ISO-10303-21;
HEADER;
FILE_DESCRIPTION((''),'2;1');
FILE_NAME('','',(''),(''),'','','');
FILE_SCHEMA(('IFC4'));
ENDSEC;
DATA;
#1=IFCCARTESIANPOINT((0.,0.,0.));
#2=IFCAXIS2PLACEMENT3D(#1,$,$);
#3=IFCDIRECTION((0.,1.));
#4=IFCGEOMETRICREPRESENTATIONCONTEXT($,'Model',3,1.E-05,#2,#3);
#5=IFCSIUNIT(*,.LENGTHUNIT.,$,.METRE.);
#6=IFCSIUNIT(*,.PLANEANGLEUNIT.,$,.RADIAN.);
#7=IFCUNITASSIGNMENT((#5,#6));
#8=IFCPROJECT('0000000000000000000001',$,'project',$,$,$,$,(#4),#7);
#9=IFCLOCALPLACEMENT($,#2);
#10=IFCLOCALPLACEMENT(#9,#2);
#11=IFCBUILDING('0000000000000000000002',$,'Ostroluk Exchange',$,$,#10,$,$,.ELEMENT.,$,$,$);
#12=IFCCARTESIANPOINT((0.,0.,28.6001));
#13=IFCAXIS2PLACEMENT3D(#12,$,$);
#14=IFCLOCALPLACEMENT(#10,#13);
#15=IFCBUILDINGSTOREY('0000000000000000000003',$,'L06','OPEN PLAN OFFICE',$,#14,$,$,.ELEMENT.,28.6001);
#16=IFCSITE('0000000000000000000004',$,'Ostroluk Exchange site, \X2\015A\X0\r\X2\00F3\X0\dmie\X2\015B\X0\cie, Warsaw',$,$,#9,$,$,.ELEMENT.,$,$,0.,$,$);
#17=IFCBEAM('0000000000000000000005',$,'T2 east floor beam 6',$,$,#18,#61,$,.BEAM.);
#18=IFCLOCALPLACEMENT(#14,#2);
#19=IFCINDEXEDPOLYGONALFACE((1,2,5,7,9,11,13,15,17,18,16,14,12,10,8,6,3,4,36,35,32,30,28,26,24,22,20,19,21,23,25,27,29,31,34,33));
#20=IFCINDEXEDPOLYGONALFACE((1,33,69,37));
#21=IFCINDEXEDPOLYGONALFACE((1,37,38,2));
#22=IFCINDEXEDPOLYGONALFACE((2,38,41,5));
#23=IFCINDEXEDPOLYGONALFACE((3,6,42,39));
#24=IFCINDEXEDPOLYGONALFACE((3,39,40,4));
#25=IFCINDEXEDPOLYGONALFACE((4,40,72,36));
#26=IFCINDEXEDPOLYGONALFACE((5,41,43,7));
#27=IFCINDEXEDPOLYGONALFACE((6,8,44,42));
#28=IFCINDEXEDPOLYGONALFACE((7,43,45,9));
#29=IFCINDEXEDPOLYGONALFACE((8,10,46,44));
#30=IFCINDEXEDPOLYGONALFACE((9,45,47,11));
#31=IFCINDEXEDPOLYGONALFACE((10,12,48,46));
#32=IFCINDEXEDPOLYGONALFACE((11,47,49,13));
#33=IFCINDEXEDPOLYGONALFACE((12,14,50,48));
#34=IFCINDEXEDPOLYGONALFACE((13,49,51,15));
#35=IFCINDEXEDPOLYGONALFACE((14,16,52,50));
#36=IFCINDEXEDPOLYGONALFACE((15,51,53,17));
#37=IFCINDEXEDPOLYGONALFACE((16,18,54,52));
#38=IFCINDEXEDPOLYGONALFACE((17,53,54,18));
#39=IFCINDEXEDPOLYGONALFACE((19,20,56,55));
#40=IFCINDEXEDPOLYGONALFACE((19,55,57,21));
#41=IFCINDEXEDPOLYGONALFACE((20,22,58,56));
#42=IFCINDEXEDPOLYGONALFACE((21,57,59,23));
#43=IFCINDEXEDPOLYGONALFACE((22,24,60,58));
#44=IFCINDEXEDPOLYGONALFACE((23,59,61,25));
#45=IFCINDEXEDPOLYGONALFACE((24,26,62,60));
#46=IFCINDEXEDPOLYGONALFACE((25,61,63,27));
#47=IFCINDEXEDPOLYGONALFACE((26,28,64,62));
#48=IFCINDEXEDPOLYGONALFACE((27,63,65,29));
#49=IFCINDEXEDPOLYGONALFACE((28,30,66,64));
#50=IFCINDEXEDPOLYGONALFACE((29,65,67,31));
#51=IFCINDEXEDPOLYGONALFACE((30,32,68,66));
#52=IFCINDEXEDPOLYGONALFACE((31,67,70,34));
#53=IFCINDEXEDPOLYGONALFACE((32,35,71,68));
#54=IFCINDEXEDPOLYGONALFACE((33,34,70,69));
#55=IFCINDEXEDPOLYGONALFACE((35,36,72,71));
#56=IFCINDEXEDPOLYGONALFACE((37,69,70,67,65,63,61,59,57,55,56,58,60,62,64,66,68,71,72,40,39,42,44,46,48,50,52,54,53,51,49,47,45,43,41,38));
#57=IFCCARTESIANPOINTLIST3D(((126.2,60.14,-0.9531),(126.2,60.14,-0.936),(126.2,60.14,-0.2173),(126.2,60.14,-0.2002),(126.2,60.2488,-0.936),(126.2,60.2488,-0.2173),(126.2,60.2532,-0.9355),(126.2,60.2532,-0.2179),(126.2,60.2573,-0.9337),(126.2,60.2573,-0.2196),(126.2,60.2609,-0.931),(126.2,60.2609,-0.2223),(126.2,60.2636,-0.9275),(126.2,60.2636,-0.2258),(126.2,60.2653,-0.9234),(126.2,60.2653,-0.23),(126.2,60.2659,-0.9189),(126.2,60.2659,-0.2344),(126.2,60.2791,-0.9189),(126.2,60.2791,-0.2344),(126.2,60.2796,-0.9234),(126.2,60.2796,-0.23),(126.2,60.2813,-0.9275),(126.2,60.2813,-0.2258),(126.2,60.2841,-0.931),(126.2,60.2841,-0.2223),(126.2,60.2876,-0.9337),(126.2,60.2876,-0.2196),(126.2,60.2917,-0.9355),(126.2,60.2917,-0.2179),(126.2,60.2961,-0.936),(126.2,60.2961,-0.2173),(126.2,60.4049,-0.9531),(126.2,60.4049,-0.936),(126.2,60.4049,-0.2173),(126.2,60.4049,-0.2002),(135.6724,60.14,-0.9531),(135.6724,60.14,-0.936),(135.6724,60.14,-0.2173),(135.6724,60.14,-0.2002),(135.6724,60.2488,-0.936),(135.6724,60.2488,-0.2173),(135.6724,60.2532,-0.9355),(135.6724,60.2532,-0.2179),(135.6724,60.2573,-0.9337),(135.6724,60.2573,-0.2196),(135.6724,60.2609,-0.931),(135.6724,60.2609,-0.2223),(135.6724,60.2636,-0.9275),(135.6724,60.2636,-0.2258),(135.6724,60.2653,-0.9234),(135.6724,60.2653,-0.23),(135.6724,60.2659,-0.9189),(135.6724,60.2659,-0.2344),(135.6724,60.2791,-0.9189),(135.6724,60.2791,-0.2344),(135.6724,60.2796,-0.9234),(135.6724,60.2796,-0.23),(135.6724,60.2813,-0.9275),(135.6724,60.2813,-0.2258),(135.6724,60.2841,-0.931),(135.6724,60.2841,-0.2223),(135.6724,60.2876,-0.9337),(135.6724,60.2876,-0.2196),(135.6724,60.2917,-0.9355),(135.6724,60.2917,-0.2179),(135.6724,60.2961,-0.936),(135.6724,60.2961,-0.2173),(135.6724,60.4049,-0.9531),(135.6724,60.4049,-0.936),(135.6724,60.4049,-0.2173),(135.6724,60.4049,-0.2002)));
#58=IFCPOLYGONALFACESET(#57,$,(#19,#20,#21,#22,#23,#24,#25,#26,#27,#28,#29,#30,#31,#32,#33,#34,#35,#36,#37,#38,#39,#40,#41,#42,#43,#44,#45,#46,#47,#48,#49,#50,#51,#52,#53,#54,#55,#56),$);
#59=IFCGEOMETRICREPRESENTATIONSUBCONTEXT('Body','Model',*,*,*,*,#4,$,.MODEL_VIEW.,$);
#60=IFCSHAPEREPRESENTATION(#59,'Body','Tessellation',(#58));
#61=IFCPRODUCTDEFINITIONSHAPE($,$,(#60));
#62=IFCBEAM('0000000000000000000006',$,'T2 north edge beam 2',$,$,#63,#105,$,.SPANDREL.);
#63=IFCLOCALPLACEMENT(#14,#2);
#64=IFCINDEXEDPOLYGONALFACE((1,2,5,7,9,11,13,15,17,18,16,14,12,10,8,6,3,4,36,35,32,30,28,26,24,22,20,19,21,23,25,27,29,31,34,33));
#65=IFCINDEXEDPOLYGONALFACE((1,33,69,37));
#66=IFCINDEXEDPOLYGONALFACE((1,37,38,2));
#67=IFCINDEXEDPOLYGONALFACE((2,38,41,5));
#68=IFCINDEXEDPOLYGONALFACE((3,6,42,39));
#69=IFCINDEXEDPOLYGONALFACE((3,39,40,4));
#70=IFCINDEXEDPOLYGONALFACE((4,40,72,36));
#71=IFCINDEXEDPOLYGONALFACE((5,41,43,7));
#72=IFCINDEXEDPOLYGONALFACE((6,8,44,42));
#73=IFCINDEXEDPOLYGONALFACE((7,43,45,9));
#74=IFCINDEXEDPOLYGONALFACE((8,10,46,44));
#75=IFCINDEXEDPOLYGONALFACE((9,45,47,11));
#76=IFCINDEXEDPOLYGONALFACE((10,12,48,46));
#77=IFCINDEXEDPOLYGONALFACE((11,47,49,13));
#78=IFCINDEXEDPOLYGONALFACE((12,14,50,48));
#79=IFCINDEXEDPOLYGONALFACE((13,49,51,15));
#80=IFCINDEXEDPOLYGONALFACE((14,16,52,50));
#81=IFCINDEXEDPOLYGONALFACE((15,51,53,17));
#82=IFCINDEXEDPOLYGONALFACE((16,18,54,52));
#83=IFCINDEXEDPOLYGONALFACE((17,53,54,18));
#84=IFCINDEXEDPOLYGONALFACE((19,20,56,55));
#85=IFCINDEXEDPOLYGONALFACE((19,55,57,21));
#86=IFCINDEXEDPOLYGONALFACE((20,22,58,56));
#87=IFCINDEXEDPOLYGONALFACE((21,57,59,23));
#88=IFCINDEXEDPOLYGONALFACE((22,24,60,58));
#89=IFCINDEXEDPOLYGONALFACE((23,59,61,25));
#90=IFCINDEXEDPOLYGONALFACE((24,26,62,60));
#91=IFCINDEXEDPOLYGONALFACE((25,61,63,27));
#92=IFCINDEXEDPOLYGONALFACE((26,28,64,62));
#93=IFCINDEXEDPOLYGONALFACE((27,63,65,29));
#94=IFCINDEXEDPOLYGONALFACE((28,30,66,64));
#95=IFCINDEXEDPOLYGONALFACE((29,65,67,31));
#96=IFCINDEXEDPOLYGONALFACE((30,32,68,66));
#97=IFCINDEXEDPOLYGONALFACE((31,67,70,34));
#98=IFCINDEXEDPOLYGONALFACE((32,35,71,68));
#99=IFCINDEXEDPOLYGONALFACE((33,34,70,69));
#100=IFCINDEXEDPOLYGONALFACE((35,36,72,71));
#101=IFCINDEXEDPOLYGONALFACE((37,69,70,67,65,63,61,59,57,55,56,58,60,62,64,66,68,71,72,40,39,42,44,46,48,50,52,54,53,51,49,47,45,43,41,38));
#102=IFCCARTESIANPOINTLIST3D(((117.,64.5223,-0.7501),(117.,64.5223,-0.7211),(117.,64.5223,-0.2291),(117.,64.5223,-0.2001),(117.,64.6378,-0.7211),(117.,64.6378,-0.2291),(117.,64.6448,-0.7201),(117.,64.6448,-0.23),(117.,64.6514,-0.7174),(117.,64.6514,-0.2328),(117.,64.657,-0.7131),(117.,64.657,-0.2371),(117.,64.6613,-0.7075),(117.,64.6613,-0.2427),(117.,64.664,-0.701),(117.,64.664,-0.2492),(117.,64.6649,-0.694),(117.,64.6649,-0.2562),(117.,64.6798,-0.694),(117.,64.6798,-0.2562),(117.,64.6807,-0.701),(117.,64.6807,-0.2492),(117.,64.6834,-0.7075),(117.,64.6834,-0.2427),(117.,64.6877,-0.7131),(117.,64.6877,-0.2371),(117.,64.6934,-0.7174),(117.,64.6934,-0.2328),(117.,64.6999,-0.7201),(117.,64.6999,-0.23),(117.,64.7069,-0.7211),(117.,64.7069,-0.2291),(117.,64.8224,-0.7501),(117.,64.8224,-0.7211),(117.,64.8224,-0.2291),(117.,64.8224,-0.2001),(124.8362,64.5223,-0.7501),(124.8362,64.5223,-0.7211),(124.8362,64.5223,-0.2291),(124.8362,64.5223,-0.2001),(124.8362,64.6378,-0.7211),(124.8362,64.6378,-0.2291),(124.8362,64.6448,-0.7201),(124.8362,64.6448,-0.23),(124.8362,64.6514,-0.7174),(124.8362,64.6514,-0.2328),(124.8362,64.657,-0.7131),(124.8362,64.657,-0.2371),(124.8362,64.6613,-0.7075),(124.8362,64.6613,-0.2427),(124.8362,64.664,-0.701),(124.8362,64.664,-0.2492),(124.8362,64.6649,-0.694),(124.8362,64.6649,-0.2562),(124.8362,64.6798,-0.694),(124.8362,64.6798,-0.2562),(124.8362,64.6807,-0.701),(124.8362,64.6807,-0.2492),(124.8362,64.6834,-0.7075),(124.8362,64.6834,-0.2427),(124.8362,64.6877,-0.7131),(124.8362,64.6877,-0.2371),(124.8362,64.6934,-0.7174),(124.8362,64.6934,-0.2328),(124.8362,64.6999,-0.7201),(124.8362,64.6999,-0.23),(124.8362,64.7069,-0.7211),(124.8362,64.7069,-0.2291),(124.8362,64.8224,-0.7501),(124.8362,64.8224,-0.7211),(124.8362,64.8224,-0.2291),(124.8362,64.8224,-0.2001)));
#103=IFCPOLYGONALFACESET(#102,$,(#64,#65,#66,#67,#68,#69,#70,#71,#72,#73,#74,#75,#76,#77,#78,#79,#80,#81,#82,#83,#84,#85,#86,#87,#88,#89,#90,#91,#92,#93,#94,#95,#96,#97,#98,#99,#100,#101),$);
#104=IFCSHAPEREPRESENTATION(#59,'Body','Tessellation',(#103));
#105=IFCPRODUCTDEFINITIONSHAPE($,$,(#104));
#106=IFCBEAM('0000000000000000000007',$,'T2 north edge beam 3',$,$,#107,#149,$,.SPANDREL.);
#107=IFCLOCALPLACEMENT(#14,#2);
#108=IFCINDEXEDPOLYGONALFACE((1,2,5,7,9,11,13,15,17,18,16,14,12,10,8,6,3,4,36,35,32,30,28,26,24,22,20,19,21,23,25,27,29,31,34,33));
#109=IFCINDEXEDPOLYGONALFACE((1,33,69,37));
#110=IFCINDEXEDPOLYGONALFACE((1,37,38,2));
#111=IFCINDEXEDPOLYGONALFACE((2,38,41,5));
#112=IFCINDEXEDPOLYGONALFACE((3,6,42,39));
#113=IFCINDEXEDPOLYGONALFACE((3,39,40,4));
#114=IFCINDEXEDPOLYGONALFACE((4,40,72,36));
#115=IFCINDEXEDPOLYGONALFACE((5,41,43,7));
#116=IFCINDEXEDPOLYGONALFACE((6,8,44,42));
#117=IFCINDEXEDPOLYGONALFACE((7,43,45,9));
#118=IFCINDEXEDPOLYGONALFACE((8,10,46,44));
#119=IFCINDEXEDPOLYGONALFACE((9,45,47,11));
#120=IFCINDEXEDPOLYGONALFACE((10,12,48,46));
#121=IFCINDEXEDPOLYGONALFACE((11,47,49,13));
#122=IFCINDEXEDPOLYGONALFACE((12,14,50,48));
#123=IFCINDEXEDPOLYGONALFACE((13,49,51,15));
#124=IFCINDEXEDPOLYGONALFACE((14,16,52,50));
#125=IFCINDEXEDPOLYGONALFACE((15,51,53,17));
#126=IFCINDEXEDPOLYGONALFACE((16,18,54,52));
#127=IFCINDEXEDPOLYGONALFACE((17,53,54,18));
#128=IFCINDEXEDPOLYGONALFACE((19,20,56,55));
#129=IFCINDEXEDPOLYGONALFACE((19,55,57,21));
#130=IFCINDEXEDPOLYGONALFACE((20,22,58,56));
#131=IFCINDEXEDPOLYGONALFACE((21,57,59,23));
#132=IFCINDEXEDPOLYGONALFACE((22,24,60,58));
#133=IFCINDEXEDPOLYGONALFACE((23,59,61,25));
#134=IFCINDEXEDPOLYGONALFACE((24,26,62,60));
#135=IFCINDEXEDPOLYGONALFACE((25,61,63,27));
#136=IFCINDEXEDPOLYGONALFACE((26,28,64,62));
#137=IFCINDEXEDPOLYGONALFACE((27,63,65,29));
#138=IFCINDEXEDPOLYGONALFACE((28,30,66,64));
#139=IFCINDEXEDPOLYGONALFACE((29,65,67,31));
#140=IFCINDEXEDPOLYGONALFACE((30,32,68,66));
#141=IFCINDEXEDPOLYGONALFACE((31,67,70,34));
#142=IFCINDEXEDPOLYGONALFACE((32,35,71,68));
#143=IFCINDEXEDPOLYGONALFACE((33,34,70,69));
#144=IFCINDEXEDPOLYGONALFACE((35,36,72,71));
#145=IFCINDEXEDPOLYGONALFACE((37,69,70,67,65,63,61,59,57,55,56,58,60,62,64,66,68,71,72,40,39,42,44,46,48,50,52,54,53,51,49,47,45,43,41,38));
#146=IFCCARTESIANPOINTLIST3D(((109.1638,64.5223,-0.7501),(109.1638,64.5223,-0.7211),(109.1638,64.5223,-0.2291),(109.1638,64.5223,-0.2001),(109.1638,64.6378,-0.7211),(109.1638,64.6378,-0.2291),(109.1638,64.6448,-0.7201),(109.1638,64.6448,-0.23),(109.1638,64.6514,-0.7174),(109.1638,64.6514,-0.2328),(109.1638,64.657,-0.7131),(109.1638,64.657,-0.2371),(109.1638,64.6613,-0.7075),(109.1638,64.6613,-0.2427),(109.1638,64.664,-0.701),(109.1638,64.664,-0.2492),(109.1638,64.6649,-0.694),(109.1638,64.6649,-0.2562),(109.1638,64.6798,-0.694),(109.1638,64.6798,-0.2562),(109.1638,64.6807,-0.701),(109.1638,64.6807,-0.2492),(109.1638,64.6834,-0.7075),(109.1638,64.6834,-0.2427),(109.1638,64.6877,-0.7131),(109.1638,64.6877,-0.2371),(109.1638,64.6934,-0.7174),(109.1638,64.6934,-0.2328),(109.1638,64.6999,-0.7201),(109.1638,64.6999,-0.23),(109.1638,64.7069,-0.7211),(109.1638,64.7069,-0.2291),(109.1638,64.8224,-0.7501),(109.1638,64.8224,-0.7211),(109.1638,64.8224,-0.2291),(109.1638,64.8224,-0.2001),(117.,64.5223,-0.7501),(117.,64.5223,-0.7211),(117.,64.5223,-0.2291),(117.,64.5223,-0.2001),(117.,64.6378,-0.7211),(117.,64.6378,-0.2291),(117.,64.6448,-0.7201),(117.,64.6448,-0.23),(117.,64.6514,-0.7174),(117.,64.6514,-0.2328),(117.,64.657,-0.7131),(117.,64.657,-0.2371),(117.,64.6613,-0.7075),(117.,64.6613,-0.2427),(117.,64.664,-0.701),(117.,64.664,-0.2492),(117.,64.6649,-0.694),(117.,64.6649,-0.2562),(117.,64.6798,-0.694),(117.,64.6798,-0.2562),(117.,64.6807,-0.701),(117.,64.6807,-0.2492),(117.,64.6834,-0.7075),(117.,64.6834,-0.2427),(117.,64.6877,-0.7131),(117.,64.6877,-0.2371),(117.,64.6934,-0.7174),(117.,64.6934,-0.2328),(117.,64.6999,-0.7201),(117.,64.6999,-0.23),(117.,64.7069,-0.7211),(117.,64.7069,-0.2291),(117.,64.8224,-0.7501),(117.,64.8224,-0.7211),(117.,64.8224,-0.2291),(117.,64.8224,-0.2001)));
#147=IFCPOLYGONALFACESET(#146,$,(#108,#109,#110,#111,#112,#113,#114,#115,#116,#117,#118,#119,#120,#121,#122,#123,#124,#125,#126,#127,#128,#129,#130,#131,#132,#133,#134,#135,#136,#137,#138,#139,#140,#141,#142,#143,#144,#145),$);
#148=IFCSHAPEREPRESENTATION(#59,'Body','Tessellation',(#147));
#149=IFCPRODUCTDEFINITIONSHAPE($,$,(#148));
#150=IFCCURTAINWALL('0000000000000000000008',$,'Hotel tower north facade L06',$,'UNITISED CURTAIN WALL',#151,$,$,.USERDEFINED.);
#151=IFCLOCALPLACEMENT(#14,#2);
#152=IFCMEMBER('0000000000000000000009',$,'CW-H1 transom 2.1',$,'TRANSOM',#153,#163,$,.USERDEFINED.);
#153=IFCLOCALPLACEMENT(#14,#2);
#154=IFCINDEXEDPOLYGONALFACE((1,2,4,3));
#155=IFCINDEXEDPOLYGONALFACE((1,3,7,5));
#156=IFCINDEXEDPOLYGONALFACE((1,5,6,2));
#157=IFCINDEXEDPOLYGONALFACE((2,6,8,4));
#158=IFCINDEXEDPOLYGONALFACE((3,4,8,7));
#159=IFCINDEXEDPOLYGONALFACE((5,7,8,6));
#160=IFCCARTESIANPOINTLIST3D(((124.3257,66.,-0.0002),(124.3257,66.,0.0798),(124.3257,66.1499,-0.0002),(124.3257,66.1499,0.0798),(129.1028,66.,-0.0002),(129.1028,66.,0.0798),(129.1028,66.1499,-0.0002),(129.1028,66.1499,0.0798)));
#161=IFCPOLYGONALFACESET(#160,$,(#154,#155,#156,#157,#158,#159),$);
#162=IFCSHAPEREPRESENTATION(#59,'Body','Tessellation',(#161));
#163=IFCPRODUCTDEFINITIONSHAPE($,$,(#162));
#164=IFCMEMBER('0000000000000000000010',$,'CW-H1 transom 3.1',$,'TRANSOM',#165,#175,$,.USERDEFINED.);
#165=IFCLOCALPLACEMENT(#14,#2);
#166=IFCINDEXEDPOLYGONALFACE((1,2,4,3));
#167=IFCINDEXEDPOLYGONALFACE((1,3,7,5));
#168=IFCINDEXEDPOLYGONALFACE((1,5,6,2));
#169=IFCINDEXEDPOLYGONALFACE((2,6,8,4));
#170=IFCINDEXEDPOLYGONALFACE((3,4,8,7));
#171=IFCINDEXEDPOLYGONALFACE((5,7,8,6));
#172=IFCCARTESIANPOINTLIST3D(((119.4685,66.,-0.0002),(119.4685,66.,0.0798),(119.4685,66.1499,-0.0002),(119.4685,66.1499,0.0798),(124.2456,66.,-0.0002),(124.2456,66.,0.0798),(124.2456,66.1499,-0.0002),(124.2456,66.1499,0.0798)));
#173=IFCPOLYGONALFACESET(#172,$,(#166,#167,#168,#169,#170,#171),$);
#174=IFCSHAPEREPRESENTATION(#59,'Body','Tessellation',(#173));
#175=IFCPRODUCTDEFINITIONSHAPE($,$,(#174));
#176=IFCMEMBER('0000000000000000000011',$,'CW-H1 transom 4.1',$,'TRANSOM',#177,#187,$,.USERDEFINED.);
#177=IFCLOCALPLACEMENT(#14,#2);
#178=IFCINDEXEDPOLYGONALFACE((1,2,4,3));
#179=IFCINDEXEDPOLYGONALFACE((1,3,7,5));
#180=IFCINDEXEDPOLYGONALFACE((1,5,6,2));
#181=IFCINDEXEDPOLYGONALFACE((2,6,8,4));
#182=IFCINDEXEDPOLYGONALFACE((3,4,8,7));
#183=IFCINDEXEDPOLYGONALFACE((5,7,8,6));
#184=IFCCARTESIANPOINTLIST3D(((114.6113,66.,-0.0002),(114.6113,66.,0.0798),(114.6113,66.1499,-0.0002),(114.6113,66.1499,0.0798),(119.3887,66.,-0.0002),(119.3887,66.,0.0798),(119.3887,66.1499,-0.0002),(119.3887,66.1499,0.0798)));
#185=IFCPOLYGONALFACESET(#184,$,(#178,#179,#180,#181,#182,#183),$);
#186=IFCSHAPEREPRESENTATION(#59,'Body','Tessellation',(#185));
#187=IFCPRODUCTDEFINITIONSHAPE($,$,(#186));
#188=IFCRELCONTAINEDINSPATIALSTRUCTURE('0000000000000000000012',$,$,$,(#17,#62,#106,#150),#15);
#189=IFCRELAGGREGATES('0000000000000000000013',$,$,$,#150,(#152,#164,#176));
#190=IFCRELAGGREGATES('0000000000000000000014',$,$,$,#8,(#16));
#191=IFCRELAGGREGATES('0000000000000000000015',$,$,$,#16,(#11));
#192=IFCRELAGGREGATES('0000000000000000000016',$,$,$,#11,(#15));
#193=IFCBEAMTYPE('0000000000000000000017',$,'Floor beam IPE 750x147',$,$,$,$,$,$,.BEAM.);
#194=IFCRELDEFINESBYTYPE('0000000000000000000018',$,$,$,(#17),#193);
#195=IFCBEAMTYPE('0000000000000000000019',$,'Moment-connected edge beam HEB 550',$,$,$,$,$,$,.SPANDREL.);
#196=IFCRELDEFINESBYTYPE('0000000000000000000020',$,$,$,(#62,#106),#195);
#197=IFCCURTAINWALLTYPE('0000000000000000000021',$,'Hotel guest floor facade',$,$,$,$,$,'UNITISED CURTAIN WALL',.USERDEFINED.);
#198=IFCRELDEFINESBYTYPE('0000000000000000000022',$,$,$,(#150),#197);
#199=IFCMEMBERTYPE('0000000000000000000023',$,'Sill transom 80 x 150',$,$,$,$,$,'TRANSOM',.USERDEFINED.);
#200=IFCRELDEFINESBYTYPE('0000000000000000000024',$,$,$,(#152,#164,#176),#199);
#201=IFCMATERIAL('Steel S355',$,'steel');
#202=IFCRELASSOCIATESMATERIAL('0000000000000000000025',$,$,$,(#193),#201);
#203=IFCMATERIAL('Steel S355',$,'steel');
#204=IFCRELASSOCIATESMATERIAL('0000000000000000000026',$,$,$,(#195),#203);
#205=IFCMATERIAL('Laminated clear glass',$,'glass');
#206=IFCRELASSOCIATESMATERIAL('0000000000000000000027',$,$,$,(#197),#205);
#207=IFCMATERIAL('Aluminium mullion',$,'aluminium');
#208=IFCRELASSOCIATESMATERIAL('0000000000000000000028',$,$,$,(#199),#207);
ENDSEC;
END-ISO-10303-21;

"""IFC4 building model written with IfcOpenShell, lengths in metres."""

from ifc_helpers import new_model, si_unit, direction, frame, origin, origin_2d, place, context, subcontext, project, spatial, rectangle, i_section, extrude, material, material_profile, profile_set, type_object, element, aggregate, save


model = new_model("IFC4")

# Units and contexts
model_context = context("Model", 3, precision=1e-05, world=origin(), true_north=direction((0.0, 1.0)))
body_context = subcontext(model_context, "Body", "Model", "MODEL_VIEW")
ifc_project = project(units=[si_unit("LENGTHUNIT", "METRE"), si_unit("PLANEANGLEUNIT", "RADIAN")], contexts=[model_context])

# Site, building, storey
site_placement = place(None, origin())
site = spatial("IfcSite", under=ifc_project, at=site_placement, Name="Ostroluk Exchange site, Śródmieście, Warsaw", CompositionType="ELEMENT", RefElevation=0.0)
building_placement = place(site_placement, origin())
building = spatial("IfcBuilding", under=site, at=building_placement, Name="Ostroluk Exchange", CompositionType="ELEMENT")
storey_placement = place(building_placement, frame((0.0, 0.0, 28.6001)))
storey = spatial("IfcBuildingStorey", under=building, at=storey_placement, Name="L06", Description="OPEN PLAN OFFICE", CompositionType="ELEMENT", Elevation=28.6001)

# Beams
ifc_material_1 = material(Name="Steel S355", Category="steel")
ifc_material_profile_1 = material_profile(ifc_material_1, i_section(OverallWidth=0.2649, OverallDepth=0.7529, WebThickness=0.0132, FlangeThickness=0.0171, FilletRadius=0.0171, at=origin_2d()), Name="IPE 750x147")
ifc_profile_set_1 = profile_set([ifc_material_profile_1], Name="Steel S355")
beam_type_1 = type_object("IfcBeamType", Name="Floor beam IPE 750x147", PredefinedType="BEAM", material=ifc_profile_set_1)
beam_placement = place(storey_placement, frame((126.2, 60.2725, -0.5767), z_axis=(1.0, 0.0, 0.0), x_axis=(0.0, 1.0, 0.0)))
element("IfcBeam", 1, at=beam_placement, inside=storey, type_object=beam_type_1, Name="T2 east floor beam 6", PredefinedType="BEAM", context=body_context, shape_type="SweptSolid", body=[
    extrude(i_section(OverallWidth=0.2649, OverallDepth=0.7529, WebThickness=0.0132, FlangeThickness=0.0171, FilletRadius=0.0171, at=origin_2d()), origin(), (0.0, 0.0, 1.0), 9.4724),
])
ifc_material_2 = material(Name="Steel S355", Category="steel")
ifc_material_profile_2 = material_profile(ifc_material_2, i_section(OverallWidth=0.3, OverallDepth=0.55, WebThickness=0.0149, FlangeThickness=0.0291, FilletRadius=0.0271, at=origin_2d()), Name="HEB 550")
ifc_profile_set_2 = profile_set([ifc_material_profile_2], Name="Steel S355")
beam_type_2 = type_object("IfcBeamType", Name="Moment-connected edge beam HEB 550", PredefinedType="SPANDREL", material=ifc_profile_set_2)
for number, where, z_axis, x_axis, name in (
    (2, (124.8362, 64.6724, -0.4751), (-1.0, 0.0, 0.0), (0.0, -1.0, 0.0), "T2 north edge beam 2"),
    (3, (117.0, 64.6724, -0.4751), (-1.0, 0.0, 0.0), (0.0, -1.0, 0.0), "T2 north edge beam 3"),
):
    element("IfcBeam", number, at=place(storey_placement, frame(where, z_axis=z_axis, x_axis=x_axis)), inside=storey, type_object=beam_type_2, Name=name, PredefinedType="SPANDREL", context=body_context, shape_type="SweptSolid", body=[
        extrude(i_section(OverallWidth=0.3, OverallDepth=0.55, WebThickness=0.0149, FlangeThickness=0.0291, FilletRadius=0.0271, at=origin_2d()), origin(), (0.0, 0.0, 1.0), 7.8362),
    ])

# Curtain wall, members
ifc_material_3 = material(Name="Laminated clear glass", Category="glass")
curtain_wall_type = type_object("IfcCurtainWallType", Name="Hotel guest floor facade", ElementType="UNITISED CURTAIN WALL", PredefinedType="USERDEFINED", material=ifc_material_3)
curtain_wall_placement = place(storey_placement, origin())
curtain_wall = element("IfcCurtainWall", 4, at=curtain_wall_placement, inside=storey, type_object=curtain_wall_type, Name="Hotel tower north facade L06", ObjectType="UNITISED CURTAIN WALL", PredefinedType="USERDEFINED")
ifc_material_4 = material(Name="Aluminium mullion", Category="aluminium")
ifc_material_profile_3 = material_profile(ifc_material_4, rectangle(XDim=0.1499, YDim=0.0801, at=origin_2d()), Name="Sill transom 80 x 150")
ifc_profile_set_3 = profile_set([ifc_material_profile_3], Name="Aluminium mullion")
member_type_1 = type_object("IfcMemberType", Name="Sill transom 80 x 150", ElementType="TRANSOM", PredefinedType="USERDEFINED", material=ifc_profile_set_3)
member_1_placement = place(storey_placement, frame((129.1028, 66.075, 0.0398), z_axis=(-1.0, 0.0, 0.0), x_axis=(0.0, -1.0, 0.0)))
member_1 = element("IfcMember", 5, at=member_1_placement, type_object=member_type_1, Name="CW-H1 transom 2.1", ObjectType="TRANSOM", PredefinedType="USERDEFINED", context=body_context, shape_type="SweptSolid", body=[
    extrude(rectangle(XDim=0.1499, YDim=0.0801, at=origin_2d()), origin(), (0.0, 0.0, 1.0), 4.7771),
])
member_2_placement = place(storey_placement, frame((124.2456, 66.075, 0.0398), z_axis=(-1.0, 0.0, 0.0), x_axis=(0.0, -1.0, 0.0)))
member_2 = element("IfcMember", 6, at=member_2_placement, type_object=member_type_1, Name="CW-H1 transom 3.1", ObjectType="TRANSOM", PredefinedType="USERDEFINED", context=body_context, shape_type="SweptSolid", body=[
    extrude(rectangle(XDim=0.1499, YDim=0.0801, at=origin_2d()), origin(), (0.0, 0.0, 1.0), 4.7771),
])
member_3_placement = place(storey_placement, frame((119.3887, 66.075, 0.0398), z_axis=(-1.0, 0.0, 0.0), x_axis=(0.0, -1.0, 0.0)))
member_3 = element("IfcMember", 7, at=member_3_placement, type_object=member_type_1, Name="CW-H1 transom 4.1", ObjectType="TRANSOM", PredefinedType="USERDEFINED", context=body_context, shape_type="SweptSolid", body=[
    extrude(rectangle(XDim=0.1499, YDim=0.0801, at=origin_2d()), origin(), (0.0, 0.0, 1.0), 4.7773),
])
aggregate(curtain_wall, [member_1, member_2, member_3])

save(model, "model.ifc")
